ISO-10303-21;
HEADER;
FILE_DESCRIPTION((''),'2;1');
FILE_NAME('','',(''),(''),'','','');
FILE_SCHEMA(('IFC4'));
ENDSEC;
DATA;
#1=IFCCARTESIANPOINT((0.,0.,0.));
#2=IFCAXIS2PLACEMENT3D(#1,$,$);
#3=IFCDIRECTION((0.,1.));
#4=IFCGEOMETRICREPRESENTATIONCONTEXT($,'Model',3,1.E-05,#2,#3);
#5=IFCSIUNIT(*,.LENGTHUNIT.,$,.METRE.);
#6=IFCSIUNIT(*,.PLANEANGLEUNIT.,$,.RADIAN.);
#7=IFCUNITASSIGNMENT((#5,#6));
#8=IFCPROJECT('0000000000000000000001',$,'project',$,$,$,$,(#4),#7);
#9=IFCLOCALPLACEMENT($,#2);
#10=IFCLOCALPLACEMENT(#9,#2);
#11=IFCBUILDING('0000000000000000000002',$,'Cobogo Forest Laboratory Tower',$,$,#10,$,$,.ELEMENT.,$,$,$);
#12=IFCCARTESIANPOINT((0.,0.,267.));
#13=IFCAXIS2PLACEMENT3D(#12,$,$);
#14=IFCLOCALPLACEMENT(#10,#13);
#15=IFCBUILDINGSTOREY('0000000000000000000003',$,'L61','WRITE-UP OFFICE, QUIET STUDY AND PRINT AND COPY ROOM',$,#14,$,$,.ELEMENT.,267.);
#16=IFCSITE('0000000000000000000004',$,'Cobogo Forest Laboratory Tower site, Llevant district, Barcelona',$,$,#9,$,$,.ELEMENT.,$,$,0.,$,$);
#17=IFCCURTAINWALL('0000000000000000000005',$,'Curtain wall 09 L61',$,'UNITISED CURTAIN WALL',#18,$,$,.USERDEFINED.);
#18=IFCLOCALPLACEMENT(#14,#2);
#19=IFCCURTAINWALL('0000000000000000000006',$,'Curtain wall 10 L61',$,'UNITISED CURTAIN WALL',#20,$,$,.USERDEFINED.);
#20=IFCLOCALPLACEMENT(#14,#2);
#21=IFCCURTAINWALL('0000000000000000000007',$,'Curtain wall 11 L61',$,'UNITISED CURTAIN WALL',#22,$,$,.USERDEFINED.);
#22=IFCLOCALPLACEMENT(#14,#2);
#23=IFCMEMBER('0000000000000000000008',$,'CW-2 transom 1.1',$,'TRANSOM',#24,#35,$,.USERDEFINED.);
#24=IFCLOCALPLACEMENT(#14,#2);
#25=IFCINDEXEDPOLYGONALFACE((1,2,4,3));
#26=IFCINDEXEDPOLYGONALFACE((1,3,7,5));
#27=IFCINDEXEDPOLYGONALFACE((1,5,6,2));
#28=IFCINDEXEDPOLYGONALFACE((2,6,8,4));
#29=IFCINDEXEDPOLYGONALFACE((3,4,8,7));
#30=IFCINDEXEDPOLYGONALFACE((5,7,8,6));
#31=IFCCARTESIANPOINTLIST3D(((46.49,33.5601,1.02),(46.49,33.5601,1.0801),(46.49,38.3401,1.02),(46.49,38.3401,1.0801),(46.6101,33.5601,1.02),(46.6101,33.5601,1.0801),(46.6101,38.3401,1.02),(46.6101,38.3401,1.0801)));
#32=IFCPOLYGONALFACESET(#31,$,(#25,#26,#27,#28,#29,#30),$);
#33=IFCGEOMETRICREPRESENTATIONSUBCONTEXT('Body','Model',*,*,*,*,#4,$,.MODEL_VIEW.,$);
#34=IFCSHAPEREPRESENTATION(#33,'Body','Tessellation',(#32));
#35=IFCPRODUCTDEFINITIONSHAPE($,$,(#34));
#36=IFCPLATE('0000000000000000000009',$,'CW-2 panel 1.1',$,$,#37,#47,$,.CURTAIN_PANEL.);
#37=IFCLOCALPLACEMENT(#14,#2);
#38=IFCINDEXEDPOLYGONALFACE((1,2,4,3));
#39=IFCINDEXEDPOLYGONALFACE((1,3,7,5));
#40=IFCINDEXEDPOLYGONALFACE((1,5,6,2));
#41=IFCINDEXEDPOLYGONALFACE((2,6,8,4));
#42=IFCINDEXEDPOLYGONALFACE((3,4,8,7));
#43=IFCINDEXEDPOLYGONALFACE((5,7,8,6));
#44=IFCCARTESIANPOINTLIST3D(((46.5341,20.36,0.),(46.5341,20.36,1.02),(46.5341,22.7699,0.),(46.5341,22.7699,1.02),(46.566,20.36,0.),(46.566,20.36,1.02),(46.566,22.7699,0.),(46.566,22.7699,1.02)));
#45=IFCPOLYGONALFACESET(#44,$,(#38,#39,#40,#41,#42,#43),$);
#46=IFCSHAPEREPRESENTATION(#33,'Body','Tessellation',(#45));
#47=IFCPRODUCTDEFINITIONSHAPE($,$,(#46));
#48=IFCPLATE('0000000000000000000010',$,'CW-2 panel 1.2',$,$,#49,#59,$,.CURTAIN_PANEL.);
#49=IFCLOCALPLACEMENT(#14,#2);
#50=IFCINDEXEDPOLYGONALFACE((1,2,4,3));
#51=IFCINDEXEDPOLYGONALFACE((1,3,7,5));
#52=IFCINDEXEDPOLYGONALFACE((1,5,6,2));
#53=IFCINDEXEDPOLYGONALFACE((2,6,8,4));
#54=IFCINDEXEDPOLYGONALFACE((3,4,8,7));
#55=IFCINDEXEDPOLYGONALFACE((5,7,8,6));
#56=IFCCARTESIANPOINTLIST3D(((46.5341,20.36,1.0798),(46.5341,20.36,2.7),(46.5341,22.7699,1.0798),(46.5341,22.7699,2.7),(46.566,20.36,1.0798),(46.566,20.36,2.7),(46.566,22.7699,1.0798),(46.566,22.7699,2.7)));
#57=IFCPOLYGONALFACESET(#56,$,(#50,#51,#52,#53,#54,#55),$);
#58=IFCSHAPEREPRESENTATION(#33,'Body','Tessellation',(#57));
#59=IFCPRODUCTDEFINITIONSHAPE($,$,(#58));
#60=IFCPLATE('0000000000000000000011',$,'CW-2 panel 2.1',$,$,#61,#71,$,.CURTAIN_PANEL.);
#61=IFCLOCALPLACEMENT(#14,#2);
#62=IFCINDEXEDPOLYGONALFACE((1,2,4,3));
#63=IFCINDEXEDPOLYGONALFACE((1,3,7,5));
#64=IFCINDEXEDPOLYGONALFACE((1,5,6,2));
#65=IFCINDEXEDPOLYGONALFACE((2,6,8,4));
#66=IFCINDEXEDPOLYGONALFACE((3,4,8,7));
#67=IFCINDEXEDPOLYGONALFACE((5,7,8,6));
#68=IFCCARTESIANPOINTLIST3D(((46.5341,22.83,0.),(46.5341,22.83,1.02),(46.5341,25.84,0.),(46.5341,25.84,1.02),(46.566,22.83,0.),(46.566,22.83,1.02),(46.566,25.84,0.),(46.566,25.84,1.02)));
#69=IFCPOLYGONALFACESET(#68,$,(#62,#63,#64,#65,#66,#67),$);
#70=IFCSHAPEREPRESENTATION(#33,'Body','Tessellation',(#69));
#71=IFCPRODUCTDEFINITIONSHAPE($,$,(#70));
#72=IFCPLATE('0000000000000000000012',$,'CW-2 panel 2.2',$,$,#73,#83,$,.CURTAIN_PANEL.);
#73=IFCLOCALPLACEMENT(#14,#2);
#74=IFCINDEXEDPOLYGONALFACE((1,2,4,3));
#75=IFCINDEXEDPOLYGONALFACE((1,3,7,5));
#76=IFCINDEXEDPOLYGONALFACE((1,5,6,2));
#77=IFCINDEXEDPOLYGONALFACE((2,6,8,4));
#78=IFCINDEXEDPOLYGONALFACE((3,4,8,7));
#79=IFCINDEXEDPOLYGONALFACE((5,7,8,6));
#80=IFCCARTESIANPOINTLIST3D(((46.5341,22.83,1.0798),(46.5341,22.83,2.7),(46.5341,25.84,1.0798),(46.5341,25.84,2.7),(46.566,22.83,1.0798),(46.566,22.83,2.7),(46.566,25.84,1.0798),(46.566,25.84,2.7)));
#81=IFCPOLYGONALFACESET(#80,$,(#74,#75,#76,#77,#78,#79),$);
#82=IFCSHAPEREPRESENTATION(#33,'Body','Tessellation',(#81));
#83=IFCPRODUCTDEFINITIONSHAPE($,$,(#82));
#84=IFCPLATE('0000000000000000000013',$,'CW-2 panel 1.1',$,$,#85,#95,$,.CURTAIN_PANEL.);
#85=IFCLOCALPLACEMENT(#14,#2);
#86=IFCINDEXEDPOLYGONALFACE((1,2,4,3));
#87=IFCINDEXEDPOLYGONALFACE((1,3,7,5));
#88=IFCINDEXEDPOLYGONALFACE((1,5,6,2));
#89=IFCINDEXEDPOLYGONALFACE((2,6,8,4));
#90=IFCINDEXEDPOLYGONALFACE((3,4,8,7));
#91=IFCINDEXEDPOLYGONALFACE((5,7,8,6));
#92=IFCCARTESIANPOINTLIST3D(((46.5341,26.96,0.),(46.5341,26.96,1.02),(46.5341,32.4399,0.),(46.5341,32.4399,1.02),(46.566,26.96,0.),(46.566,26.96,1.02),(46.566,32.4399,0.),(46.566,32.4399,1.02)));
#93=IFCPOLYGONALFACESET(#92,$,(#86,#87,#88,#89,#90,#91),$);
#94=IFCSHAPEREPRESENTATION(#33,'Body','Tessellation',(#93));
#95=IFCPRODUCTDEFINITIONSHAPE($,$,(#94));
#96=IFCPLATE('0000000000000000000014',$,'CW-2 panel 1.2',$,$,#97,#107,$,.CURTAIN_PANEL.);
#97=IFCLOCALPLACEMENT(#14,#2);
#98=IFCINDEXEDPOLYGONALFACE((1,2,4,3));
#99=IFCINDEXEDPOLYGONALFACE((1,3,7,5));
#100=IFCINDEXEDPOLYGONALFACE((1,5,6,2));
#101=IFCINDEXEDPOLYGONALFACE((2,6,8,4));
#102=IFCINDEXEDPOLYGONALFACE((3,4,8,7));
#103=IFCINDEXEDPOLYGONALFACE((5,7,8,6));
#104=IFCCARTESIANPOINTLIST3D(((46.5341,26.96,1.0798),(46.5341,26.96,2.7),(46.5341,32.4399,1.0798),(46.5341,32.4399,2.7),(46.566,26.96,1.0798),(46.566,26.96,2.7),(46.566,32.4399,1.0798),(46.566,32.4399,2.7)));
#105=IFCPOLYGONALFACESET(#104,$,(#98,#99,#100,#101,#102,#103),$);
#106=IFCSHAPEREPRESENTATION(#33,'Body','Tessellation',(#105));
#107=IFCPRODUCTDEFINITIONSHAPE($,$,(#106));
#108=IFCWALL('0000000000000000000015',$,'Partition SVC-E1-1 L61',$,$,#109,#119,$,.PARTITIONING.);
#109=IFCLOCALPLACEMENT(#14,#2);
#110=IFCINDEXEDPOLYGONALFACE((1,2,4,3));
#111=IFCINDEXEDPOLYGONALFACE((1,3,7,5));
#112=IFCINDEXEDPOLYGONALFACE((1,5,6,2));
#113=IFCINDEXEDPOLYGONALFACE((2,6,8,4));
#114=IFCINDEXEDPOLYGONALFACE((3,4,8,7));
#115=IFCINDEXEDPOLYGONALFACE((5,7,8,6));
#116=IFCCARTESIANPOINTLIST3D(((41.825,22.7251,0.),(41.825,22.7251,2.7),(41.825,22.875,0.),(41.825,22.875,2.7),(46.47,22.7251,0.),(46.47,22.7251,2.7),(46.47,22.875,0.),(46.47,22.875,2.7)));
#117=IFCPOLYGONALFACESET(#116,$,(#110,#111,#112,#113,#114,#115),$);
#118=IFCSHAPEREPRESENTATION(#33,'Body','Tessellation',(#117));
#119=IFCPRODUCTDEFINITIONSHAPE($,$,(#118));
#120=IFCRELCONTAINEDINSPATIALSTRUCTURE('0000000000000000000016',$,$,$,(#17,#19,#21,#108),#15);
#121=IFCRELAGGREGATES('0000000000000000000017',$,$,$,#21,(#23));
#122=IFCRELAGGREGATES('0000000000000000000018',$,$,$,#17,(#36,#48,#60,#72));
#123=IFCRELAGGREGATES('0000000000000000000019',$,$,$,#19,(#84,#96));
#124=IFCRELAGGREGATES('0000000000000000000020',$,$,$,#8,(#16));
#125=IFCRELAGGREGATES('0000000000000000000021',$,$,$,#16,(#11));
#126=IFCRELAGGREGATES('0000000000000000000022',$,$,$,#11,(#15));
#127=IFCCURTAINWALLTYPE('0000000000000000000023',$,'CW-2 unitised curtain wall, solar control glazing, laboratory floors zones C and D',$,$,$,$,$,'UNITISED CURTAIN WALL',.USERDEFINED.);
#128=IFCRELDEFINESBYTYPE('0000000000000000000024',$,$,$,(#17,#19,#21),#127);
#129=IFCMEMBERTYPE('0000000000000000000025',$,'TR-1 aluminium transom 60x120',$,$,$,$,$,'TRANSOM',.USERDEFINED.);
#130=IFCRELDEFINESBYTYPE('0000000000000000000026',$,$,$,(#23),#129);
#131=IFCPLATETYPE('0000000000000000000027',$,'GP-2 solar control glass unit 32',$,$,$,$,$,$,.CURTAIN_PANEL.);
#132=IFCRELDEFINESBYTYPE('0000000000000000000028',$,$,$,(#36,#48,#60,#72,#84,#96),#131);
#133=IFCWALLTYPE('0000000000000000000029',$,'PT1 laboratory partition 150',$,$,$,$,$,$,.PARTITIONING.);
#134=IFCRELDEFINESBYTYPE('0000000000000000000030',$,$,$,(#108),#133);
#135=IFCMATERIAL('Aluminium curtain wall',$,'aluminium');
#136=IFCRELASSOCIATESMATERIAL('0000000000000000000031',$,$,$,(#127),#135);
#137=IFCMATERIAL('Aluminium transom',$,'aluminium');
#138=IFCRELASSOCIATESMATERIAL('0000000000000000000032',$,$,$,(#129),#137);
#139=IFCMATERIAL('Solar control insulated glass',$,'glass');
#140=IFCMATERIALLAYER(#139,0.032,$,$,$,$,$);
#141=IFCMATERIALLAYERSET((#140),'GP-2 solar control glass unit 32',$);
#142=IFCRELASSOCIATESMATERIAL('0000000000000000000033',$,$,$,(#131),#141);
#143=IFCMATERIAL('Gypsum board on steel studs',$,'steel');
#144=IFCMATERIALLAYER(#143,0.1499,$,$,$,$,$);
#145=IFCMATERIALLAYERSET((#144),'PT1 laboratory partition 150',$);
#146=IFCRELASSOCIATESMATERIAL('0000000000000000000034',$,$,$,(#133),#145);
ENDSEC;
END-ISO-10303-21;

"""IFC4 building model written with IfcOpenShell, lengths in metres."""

from ifc_helpers import new_model, si_unit, direction, frame, frame_2d, origin, origin_2d, place, context, subcontext, project, spatial, rectangle, extrude, material, layer, layer_set, material_profile, profile_set, type_object, element, aggregate, save


model = new_model("IFC4")

# Units and contexts
model_context = context("Model", 3, precision=1e-05, world=origin(), true_north=direction((0.0, 1.0)))
body_context = subcontext(model_context, "Body", "Model", "MODEL_VIEW")
ifc_project = project(units=[si_unit("LENGTHUNIT", "METRE"), si_unit("PLANEANGLEUNIT", "RADIAN")], contexts=[model_context])

# Site, building, storey
site_placement = place(None, origin())
site = spatial("IfcSite", under=ifc_project, at=site_placement, Name="Cobogo Forest Laboratory Tower site, Llevant district, Barcelona", CompositionType="ELEMENT", RefElevation=0.0)
building_placement = place(site_placement, origin())
building = spatial("IfcBuilding", under=site, at=building_placement, Name="Cobogo Forest Laboratory Tower", CompositionType="ELEMENT")
storey_placement = place(building_placement, frame((0.0, 0.0, 267.0)))
storey = spatial("IfcBuildingStorey", under=building, at=storey_placement, Name="L61", Description="WRITE-UP OFFICE, QUIET STUDY AND PRINT AND COPY ROOM", CompositionType="ELEMENT", Elevation=267.0)

# Curtain walls
ifc_material_1 = material(Name="Aluminium curtain wall", Category="aluminium")
curtain_wall_type = type_object("IfcCurtainWallType", Name="CW-2 unitised curtain wall, solar control glazing, laboratory floors zones C and D", ElementType="UNITISED CURTAIN WALL", PredefinedType="USERDEFINED", material=ifc_material_1)
curtain_wall_1_placement = place(storey_placement, origin())
curtain_wall_1 = element("IfcCurtainWall", 1, at=curtain_wall_1_placement, inside=storey, type_object=curtain_wall_type, Name="Curtain wall 09 L61", ObjectType="UNITISED CURTAIN WALL", PredefinedType="USERDEFINED")
curtain_wall_2_placement = place(storey_placement, origin())
curtain_wall_2 = element("IfcCurtainWall", 2, at=curtain_wall_2_placement, inside=storey, type_object=curtain_wall_type, Name="Curtain wall 10 L61", ObjectType="UNITISED CURTAIN WALL", PredefinedType="USERDEFINED")

# Curtain wall
curtain_wall_3_placement = place(storey_placement, origin())
curtain_wall_3 = element("IfcCurtainWall", 3, at=curtain_wall_3_placement, inside=storey, type_object=curtain_wall_type, Name="Curtain wall 11 L61", ObjectType="UNITISED CURTAIN WALL", PredefinedType="USERDEFINED")

# Member
ifc_material_2 = material(Name="Aluminium transom", Category="aluminium")
ifc_material_profile_1 = material_profile(ifc_material_2, rectangle(XDim=0.1201, YDim=0.0601, at=origin_2d()), Name="AL 60x120")
ifc_profile_set_1 = profile_set([ifc_material_profile_1], Name="Aluminium transom")
member_type_1 = type_object("IfcMemberType", Name="TR-1 aluminium transom 60x120", ElementType="TRANSOM", PredefinedType="USERDEFINED", material=ifc_profile_set_1)
member_1_placement = place(storey_placement, frame((46.55, 33.5601, 1.05), z_axis=(0.0, 1.0, 0.0), x_axis=(-1.0, 0.0, 0.0)))
member_1 = element("IfcMember", 4, at=member_1_placement, type_object=member_type_1, Name="CW-2 transom 1.1", ObjectType="TRANSOM", PredefinedType="USERDEFINED", context=body_context, shape_type="SweptSolid", body=[
    extrude(rectangle(XDim=0.1201, YDim=0.0601, at=origin_2d()), origin(), (0.0, 0.0, 1.0), 4.78),
])
aggregate(curtain_wall_3, [member_1])

# Plates
ifc_material_3 = material(Name="Solar control insulated glass", Category="glass")
ifc_layer_1 = layer(ifc_material_3, 0.032)
ifc_layer_set_1 = layer_set([ifc_layer_1], Name="GP-2 solar control glass unit 32")
plate_type_1 = type_object("IfcPlateType", Name="GP-2 solar control glass unit 32", PredefinedType="CURTAIN_PANEL", material=ifc_layer_set_1)
plate_1_placement = place(storey_placement, frame((46.55, 21.5649, 0.0), z_axis=(0.0, 0.0, 1.0), x_axis=(0.0, 1.0, 0.0)))
plate_1 = element("IfcPlate", 5, at=plate_1_placement, type_object=plate_type_1, Name="CW-2 panel 1.1", PredefinedType="CURTAIN_PANEL", context=body_context, shape_type="SweptSolid", body=[
    extrude(rectangle(XDim=2.4099, YDim=0.032, at=origin_2d()), origin(), (0.0, 0.0, 1.0), 1.02),
])
plate_2_placement = place(storey_placement, frame((46.55, 21.5649, 1.0798), z_axis=(0.0, 0.0, 1.0), x_axis=(0.0, 1.0, 0.0)))
plate_2 = element("IfcPlate", 6, at=plate_2_placement, type_object=plate_type_1, Name="CW-2 panel 1.2", PredefinedType="CURTAIN_PANEL", context=body_context, shape_type="SweptSolid", body=[
    extrude(rectangle(XDim=2.4099, YDim=0.032, at=origin_2d()), origin(), (0.0, 0.0, 1.0), 1.6201),
])
plate_3_placement = place(storey_placement, frame((46.55, 24.335, 0.0), z_axis=(0.0, 0.0, 1.0), x_axis=(0.0, 1.0, 0.0)))
plate_3 = element("IfcPlate", 7, at=plate_3_placement, type_object=plate_type_1, Name="CW-2 panel 2.1", PredefinedType="CURTAIN_PANEL", context=body_context, shape_type="SweptSolid", body=[
    extrude(rectangle(XDim=3.01, YDim=0.032, at=origin_2d()), origin(), (0.0, 0.0, 1.0), 1.02),
])
plate_4_placement = place(storey_placement, frame((46.55, 24.335, 1.0798), z_axis=(0.0, 0.0, 1.0), x_axis=(0.0, 1.0, 0.0)))
plate_4 = element("IfcPlate", 8, at=plate_4_placement, type_object=plate_type_1, Name="CW-2 panel 2.2", PredefinedType="CURTAIN_PANEL", context=body_context, shape_type="SweptSolid", body=[
    extrude(rectangle(XDim=3.01, YDim=0.032, at=origin_2d()), origin(), (0.0, 0.0, 1.0), 1.6201),
])
aggregate(curtain_wall_1, [plate_1, plate_2, plate_3, plate_4])
plate_5_placement = place(storey_placement, frame((46.55, 29.7, 0.0), z_axis=(0.0, 0.0, 1.0), x_axis=(0.0, 1.0, 0.0)))
plate_5 = element("IfcPlate", 9, at=plate_5_placement, type_object=plate_type_1, Name="CW-2 panel 1.1", PredefinedType="CURTAIN_PANEL", context=body_context, shape_type="SweptSolid", body=[
    extrude(rectangle(XDim=5.48, YDim=0.032, at=origin_2d()), origin(), (0.0, 0.0, 1.0), 1.02),
])
plate_6_placement = place(storey_placement, frame((46.55, 29.7, 1.0798), z_axis=(0.0, 0.0, 1.0), x_axis=(0.0, 1.0, 0.0)))
plate_6 = element("IfcPlate", 10, at=plate_6_placement, type_object=plate_type_1, Name="CW-2 panel 1.2", PredefinedType="CURTAIN_PANEL", context=body_context, shape_type="SweptSolid", body=[
    extrude(rectangle(XDim=5.48, YDim=0.032, at=origin_2d()), origin(), (0.0, 0.0, 1.0), 1.6201),
])
aggregate(curtain_wall_2, [plate_5, plate_6])

# Wall
ifc_material_4 = material(Name="Gypsum board on steel studs", Category="steel")
ifc_layer_2 = layer(ifc_material_4, 0.1499)
ifc_layer_set_2 = layer_set([ifc_layer_2], Name="PT1 laboratory partition 150")
wall_type = type_object("IfcWallType", Name="PT1 laboratory partition 150", PredefinedType="PARTITIONING", material=ifc_layer_set_2)
wall_placement = place(storey_placement, frame((46.47, 22.8, 0.0), z_axis=(0.0, 0.0, 1.0), x_axis=(-1.0, 0.0, 0.0)))
element("IfcWall", 11, at=wall_placement, inside=storey, type_object=wall_type, Name="Partition SVC-E1-1 L61", PredefinedType="PARTITIONING", context=body_context, shape_type="SweptSolid", body=[
    extrude(rectangle(XDim=4.645, YDim=0.1499, at=frame_2d((2.3225, 0.0))), origin(), (0.0, 0.0, 1.0), 2.7),
])

save(model, "model.ifc")
